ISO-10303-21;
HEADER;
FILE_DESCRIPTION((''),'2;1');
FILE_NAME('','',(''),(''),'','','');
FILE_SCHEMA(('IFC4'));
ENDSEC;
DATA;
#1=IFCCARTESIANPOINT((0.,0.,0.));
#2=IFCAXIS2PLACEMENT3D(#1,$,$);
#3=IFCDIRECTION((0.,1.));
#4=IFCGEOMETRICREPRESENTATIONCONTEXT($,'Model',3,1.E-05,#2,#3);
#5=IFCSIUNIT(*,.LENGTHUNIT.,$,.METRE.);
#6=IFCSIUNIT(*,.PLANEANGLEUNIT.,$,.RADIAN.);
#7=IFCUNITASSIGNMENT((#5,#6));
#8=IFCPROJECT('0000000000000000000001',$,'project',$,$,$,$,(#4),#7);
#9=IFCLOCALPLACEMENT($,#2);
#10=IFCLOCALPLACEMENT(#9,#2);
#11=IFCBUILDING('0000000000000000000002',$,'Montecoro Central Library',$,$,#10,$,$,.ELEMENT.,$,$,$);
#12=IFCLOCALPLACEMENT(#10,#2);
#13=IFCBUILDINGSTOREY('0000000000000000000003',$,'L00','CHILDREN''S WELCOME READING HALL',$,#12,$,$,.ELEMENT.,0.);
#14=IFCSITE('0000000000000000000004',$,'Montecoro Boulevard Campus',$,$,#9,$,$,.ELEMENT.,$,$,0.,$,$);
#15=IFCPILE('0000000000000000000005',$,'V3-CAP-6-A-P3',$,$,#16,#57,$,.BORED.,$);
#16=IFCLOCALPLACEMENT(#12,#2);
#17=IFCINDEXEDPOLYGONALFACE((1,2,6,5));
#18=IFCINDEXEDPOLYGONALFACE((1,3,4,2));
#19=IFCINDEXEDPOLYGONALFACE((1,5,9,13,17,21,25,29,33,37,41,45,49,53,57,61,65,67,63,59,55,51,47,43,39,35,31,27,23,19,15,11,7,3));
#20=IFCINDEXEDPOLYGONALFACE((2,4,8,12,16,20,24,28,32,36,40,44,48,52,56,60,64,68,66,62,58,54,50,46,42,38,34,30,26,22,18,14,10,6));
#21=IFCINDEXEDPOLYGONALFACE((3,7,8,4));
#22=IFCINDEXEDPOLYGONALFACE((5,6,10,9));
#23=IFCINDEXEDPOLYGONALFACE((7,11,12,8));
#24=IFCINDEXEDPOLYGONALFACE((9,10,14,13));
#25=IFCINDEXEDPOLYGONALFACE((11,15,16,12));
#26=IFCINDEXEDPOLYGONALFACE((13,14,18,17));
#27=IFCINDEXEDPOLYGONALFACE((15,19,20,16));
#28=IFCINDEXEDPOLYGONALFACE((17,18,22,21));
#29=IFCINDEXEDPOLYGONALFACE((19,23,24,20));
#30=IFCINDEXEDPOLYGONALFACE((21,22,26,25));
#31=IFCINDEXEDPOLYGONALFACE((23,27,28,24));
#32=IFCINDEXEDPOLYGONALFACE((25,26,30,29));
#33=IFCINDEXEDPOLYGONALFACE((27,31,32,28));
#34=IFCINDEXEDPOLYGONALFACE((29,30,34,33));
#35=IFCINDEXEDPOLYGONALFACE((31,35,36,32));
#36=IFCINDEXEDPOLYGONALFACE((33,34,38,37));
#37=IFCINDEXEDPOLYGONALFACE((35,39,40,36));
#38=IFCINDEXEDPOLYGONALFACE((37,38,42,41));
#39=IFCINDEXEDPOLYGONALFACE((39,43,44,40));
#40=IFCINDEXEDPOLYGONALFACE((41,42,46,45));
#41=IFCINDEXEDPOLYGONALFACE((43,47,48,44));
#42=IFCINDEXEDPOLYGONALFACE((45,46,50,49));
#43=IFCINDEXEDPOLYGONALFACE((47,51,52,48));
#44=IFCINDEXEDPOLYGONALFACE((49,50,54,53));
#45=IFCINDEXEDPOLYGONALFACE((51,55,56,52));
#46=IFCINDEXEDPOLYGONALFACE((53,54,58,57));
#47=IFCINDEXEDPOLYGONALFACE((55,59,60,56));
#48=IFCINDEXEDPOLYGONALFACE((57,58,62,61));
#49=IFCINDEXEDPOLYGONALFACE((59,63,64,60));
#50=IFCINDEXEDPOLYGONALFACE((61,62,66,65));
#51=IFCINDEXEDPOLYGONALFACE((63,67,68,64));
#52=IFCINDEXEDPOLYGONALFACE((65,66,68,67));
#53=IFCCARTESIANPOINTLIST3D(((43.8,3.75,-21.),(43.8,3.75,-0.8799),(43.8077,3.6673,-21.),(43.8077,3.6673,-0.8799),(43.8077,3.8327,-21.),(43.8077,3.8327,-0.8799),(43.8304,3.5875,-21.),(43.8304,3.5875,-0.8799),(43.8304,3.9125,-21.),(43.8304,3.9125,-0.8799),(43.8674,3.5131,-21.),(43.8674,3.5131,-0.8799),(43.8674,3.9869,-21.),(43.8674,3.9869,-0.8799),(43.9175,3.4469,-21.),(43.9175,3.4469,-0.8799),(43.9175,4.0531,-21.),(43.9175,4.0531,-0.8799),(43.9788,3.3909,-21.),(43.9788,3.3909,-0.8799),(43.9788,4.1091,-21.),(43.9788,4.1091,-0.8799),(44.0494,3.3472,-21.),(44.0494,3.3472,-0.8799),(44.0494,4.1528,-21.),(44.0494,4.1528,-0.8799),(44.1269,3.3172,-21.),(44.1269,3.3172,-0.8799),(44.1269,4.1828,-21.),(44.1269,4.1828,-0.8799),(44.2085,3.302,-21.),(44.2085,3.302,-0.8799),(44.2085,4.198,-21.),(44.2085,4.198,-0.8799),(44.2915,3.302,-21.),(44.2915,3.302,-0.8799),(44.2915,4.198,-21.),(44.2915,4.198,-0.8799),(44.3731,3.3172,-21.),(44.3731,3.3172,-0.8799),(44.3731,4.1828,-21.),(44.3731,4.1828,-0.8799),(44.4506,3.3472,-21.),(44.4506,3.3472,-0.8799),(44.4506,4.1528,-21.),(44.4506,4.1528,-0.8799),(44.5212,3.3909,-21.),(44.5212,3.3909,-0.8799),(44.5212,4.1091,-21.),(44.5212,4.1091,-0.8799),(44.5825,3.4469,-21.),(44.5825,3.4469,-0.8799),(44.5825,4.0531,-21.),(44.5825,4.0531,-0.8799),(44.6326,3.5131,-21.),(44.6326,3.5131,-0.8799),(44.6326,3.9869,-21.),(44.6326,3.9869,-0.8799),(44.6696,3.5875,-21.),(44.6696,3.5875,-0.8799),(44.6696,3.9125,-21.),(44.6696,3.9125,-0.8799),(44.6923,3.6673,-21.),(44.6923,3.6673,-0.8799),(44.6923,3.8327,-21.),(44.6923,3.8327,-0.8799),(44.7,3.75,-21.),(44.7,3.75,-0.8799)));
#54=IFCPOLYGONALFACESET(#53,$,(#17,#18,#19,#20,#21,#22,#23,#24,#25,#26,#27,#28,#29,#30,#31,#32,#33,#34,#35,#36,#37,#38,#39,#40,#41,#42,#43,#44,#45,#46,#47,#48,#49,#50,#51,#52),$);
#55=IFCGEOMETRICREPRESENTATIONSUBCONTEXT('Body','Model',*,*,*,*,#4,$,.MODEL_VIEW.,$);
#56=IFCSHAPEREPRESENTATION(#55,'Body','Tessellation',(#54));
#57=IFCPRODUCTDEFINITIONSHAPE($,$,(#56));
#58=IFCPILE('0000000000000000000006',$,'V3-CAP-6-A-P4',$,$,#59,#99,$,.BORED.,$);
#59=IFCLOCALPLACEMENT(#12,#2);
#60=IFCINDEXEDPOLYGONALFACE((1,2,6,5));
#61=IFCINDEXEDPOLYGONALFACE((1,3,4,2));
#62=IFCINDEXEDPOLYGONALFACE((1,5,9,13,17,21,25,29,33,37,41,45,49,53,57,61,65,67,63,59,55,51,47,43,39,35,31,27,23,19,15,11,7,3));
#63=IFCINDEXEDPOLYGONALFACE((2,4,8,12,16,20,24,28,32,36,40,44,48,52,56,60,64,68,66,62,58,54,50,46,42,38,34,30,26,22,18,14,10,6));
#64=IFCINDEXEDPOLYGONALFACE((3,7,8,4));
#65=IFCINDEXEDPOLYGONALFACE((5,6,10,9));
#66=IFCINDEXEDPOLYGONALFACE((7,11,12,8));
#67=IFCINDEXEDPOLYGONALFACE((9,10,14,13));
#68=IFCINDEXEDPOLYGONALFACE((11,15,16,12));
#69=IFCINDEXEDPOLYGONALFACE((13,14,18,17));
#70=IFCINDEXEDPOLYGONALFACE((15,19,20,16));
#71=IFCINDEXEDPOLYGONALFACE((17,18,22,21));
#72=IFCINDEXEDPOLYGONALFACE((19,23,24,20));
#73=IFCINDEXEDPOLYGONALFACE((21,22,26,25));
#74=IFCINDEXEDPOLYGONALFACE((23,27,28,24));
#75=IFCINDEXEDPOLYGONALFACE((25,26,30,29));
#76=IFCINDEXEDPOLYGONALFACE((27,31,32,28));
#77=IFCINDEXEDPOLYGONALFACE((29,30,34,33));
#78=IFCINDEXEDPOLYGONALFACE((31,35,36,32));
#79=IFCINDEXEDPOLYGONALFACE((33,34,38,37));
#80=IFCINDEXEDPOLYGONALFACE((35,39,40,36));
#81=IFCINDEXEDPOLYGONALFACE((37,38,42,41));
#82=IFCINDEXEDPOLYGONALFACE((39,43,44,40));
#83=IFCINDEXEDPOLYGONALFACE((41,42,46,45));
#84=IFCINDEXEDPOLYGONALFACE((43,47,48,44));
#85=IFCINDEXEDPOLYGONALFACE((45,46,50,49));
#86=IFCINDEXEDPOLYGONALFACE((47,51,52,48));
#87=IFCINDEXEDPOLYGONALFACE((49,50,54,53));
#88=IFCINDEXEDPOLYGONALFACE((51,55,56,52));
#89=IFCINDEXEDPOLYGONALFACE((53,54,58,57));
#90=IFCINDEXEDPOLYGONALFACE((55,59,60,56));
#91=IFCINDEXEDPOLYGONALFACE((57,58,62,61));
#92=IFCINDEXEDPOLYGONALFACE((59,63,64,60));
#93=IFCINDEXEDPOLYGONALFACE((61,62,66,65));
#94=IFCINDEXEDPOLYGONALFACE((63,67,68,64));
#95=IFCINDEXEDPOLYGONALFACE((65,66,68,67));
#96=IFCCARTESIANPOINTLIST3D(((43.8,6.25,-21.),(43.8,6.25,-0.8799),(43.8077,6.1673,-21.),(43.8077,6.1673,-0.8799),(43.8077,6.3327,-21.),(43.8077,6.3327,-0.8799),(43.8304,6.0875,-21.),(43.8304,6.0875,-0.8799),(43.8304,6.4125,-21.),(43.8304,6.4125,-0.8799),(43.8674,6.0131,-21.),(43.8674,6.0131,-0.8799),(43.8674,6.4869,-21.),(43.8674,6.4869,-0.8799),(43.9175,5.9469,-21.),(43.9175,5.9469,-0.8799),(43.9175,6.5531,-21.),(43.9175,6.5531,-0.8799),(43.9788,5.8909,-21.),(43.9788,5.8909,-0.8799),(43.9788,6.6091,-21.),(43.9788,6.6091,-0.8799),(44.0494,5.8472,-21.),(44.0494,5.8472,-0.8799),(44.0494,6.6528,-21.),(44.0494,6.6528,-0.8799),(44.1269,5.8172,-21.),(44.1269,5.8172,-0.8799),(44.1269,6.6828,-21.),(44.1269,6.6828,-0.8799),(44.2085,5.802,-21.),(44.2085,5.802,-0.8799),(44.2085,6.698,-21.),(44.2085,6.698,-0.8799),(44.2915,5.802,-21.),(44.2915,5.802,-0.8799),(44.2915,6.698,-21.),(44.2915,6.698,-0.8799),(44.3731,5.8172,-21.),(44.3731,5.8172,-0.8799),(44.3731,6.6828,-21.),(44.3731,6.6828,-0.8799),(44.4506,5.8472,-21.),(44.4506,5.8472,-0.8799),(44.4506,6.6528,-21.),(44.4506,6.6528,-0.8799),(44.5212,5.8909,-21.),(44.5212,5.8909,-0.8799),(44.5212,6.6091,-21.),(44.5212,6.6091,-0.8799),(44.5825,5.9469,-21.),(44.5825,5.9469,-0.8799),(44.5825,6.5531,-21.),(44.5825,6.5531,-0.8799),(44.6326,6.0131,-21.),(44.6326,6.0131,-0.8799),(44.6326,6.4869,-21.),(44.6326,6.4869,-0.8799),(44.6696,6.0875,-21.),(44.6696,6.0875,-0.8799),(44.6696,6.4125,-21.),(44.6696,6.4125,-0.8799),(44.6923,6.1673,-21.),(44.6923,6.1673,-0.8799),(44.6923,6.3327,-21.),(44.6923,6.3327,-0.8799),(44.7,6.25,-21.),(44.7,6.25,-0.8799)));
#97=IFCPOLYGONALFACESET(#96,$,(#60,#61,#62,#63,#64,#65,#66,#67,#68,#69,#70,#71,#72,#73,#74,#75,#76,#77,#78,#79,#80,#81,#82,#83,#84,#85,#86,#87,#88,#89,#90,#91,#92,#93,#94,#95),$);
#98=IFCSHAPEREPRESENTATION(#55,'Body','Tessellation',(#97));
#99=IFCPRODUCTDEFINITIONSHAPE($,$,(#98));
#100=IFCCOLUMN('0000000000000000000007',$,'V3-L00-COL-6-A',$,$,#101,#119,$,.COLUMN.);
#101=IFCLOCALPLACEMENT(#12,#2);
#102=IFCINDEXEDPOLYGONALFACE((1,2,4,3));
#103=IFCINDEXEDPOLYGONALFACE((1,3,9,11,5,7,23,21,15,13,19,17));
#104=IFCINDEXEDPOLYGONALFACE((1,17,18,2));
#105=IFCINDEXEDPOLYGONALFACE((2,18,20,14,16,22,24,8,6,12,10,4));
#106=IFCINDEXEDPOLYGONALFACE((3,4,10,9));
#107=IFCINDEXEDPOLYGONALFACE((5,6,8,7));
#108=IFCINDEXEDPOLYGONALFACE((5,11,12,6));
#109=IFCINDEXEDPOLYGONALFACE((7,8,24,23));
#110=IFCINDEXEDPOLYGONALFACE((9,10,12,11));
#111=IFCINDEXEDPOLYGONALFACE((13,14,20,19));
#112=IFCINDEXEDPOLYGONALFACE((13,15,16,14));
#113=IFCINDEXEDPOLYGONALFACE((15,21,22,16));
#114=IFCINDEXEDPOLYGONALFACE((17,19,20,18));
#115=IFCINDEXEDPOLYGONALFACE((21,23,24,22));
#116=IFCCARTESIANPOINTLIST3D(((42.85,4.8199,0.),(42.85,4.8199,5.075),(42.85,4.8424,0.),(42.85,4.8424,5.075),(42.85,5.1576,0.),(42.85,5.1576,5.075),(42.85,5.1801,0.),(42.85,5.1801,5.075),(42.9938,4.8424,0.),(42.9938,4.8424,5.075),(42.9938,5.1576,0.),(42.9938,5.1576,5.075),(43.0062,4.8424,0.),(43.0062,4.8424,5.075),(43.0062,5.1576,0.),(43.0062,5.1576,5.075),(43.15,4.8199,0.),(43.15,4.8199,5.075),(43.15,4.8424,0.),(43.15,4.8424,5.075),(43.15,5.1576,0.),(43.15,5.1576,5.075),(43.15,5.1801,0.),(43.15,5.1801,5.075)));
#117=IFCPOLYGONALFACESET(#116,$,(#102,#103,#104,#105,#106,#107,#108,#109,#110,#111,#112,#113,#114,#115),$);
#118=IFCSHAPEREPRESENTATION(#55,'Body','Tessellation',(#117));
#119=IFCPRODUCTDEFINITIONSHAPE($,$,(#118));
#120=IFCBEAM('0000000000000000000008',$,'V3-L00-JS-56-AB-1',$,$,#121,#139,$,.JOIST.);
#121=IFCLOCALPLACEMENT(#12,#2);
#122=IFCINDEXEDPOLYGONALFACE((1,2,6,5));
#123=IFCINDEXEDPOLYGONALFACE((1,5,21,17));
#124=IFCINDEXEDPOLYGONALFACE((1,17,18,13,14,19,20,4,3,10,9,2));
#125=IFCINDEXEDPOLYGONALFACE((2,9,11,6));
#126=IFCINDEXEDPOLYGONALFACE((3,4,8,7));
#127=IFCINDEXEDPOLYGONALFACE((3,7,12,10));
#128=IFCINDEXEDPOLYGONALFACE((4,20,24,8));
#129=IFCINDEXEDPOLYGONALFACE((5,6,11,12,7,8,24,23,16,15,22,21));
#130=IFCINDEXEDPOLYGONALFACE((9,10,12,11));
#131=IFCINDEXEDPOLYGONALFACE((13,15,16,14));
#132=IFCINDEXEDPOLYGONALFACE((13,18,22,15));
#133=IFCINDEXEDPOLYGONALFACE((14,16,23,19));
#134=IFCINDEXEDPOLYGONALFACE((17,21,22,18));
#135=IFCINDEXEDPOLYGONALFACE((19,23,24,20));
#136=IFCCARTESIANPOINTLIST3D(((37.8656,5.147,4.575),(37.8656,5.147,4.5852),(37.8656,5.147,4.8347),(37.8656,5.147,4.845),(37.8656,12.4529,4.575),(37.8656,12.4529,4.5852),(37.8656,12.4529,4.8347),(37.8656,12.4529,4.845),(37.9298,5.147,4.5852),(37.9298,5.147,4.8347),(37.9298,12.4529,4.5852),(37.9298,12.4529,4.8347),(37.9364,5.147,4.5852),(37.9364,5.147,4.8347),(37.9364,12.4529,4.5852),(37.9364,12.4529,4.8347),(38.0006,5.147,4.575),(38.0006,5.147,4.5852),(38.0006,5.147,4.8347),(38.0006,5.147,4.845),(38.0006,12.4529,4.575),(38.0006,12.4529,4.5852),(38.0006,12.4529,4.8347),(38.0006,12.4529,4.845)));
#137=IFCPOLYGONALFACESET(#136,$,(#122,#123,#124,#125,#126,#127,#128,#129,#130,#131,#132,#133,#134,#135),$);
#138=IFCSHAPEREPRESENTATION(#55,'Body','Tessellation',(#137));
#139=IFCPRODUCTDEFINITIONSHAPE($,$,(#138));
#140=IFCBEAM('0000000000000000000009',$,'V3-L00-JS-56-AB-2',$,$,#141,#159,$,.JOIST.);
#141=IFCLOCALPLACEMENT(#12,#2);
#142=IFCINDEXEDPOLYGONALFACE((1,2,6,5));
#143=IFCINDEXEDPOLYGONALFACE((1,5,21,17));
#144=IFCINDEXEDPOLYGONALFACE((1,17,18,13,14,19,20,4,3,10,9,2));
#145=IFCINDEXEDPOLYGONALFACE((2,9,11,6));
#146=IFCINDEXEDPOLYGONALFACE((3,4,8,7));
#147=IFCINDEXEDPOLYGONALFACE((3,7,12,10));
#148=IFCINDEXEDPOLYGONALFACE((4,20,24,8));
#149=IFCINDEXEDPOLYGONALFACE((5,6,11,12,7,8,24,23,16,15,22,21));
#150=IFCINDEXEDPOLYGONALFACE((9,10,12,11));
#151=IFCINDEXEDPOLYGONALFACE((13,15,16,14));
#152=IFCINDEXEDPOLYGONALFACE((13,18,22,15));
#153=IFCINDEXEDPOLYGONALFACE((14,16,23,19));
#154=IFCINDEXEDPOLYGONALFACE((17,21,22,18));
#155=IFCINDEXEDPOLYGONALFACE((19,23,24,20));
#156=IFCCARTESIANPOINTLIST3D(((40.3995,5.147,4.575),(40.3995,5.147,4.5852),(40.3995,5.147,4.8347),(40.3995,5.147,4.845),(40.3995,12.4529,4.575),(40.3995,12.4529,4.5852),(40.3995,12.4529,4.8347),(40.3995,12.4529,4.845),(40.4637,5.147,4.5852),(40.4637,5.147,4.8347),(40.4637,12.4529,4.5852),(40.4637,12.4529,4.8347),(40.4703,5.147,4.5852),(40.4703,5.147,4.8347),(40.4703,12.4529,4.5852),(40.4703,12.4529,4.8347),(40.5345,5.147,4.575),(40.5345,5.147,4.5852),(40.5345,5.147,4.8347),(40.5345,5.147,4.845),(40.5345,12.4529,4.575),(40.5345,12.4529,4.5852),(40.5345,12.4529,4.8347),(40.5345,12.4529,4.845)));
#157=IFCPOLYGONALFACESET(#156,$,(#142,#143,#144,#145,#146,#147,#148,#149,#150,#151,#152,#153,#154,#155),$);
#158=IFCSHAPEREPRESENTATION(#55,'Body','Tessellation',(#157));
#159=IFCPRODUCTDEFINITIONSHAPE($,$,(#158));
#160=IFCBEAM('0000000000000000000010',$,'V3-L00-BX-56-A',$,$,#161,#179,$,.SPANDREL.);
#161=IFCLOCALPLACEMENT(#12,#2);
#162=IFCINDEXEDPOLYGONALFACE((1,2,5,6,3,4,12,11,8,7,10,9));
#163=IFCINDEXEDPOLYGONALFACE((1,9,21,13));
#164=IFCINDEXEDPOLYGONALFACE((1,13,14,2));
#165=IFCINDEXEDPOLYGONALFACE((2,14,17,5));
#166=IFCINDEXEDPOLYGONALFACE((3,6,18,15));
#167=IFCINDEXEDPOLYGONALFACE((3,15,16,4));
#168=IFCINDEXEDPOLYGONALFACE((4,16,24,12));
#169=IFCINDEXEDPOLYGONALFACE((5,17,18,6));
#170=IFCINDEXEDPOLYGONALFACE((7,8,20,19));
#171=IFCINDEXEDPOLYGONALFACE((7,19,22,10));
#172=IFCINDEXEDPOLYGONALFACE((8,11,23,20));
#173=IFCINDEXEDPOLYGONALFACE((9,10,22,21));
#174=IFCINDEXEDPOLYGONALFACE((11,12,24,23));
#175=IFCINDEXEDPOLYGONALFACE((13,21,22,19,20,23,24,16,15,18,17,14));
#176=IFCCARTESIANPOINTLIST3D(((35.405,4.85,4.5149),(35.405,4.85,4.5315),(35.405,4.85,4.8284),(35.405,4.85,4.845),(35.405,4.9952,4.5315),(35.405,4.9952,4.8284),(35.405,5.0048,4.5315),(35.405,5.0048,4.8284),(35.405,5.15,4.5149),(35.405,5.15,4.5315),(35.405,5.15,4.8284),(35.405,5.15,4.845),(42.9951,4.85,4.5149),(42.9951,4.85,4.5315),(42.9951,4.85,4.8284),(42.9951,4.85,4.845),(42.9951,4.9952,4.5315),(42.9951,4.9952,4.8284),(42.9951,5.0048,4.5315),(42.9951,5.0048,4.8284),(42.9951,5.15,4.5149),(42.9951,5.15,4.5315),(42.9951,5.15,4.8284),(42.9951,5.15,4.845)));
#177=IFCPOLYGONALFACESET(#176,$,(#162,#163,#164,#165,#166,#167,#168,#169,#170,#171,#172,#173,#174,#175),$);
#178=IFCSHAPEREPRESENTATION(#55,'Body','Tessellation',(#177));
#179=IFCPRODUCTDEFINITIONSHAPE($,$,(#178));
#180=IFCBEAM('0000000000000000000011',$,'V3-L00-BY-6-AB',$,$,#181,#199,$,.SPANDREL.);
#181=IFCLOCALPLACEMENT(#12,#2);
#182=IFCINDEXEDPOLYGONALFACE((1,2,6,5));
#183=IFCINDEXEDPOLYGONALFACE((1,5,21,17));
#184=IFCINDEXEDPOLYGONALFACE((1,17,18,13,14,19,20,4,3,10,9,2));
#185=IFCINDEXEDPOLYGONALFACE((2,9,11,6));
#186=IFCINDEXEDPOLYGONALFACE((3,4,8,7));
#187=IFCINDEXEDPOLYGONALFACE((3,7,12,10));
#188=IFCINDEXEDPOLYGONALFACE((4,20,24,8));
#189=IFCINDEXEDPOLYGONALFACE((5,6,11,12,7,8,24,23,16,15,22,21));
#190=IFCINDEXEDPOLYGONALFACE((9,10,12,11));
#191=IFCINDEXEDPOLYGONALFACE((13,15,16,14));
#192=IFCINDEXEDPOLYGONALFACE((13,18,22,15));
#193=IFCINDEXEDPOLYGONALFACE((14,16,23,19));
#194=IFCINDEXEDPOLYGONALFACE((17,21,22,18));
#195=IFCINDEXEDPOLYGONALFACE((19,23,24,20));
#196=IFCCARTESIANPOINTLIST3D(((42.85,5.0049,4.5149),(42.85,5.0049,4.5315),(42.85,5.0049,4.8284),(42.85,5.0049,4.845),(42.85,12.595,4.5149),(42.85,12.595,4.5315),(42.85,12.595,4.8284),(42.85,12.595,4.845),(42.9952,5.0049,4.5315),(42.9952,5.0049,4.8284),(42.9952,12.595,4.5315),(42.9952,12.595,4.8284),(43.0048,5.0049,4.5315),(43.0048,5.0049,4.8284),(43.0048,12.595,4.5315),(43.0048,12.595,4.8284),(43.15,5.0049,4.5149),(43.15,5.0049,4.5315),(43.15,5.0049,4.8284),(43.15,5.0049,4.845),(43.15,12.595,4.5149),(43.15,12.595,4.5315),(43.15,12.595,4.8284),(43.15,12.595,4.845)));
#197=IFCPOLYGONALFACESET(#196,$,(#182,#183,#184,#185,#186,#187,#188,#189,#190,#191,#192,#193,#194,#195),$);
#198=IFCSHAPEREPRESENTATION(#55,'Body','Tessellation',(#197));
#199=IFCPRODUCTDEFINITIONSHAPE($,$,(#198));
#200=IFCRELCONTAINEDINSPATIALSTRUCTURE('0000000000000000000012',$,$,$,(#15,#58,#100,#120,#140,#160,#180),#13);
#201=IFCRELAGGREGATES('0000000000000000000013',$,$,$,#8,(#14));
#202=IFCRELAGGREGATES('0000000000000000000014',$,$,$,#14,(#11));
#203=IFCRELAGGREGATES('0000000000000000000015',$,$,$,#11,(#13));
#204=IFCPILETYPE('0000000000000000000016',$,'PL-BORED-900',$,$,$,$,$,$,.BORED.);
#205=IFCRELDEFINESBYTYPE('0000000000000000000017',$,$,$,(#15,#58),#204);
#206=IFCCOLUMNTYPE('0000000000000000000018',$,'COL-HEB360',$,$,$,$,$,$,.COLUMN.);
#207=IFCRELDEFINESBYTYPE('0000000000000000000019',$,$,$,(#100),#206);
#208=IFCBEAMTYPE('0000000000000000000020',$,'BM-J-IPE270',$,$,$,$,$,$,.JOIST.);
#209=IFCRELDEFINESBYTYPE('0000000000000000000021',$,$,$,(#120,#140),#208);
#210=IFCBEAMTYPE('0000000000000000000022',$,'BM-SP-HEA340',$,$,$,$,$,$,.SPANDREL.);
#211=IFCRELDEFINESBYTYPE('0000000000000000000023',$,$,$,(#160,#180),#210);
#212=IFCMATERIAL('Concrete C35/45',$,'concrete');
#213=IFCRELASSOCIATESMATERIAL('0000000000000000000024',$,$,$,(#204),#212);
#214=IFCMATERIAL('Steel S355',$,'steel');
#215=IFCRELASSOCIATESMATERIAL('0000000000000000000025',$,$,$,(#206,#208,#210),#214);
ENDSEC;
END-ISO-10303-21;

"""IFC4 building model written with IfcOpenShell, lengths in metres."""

from ifc_helpers import new_model, si_unit, direction, frame, origin, origin_2d, place, context, subcontext, project, spatial, circle, i_section, extrude, material, material_profile, profile_set, type_object, element, save


model = new_model("IFC4")

# Units and contexts
model_context = context("Model", 3, precision=1e-05, world=origin(), true_north=direction((0.0, 1.0)))
body_context = subcontext(model_context, "Body", "Model", "MODEL_VIEW")
ifc_project = project(units=[si_unit("LENGTHUNIT", "METRE"), si_unit("PLANEANGLEUNIT", "RADIAN")], contexts=[model_context])

# Site, building, storey
site_placement = place(None, origin())
site = spatial("IfcSite", under=ifc_project, at=site_placement, Name="Montecoro Boulevard Campus", CompositionType="ELEMENT", RefElevation=0.0)
building_placement = place(site_placement, origin())
building = spatial("IfcBuilding", under=site, at=building_placement, Name="Montecoro Central Library", CompositionType="ELEMENT")
storey_placement = place(building_placement, origin())
storey = spatial("IfcBuildingStorey", under=building, at=storey_placement, Name="L00", Description="CHILDREN'S WELCOME READING HALL", CompositionType="ELEMENT", Elevation=0.0)

# Shared definitions
ifc_material_1 = material(Name="Concrete C35/45", Category="concrete")

# Piles
ifc_material_profile_1 = material_profile(ifc_material_1, circle(Radius=0.45, at=origin_2d()), Name="PILE D900")
ifc_profile_set_1 = profile_set([ifc_material_profile_1], Name="Concrete C35/45")
pile_type_1 = type_object("IfcPileType", Name="PL-BORED-900", PredefinedType="BORED", material=ifc_profile_set_1)
for number, where, z_axis, x_axis, name in (
    (1, (44.25, 3.75, -0.8799), (0.0, 0.0, -1.0), (1.0, 0.0, 0.0), "V3-CAP-6-A-P3"),
    (2, (44.25, 6.25, -0.8799), (0.0, 0.0, -1.0), (1.0, 0.0, 0.0), "V3-CAP-6-A-P4"),
):
    element("IfcPile", number, at=place(storey_placement, frame(where, z_axis=z_axis, x_axis=x_axis)), inside=storey, type_object=pile_type_1, Name=name, PredefinedType="BORED", context=body_context, shape_type="SweptSolid", body=[
        extrude(circle(Radius=0.45, at=origin_2d()), origin(), (0.0, 0.0, 1.0), 20.1201),
    ])

# Column
ifc_material_2 = material(Name="Steel S355", Category="steel")
ifc_material_profile_2 = material_profile(ifc_material_2, i_section(OverallWidth=0.3, OverallDepth=0.3601, WebThickness=0.0125, FlangeThickness=0.0225, at=origin_2d()), Name="HEB 360")
ifc_profile_set_2 = profile_set([ifc_material_profile_2], Name="Steel S355")
column_type = type_object("IfcColumnType", Name="COL-HEB360", PredefinedType="COLUMN", material=ifc_profile_set_2)
column_placement = place(storey_placement, frame((43.0, 5.0, 0.0), z_axis=(0.0, 0.0, 1.0), x_axis=(1.0, 0.0, 0.0)))
element("IfcColumn", 3, at=column_placement, inside=storey, type_object=column_type, Name="V3-L00-COL-6-A", PredefinedType="COLUMN", context=body_context, shape_type="SweptSolid", body=[
    extrude(i_section(OverallWidth=0.3, OverallDepth=0.3601, WebThickness=0.0125, FlangeThickness=0.0225, at=origin_2d()), origin(), (0.0, 0.0, 1.0), 5.075),
])

# Beams
ifc_material_profile_3 = material_profile(ifc_material_2, i_section(OverallWidth=0.135, OverallDepth=0.27, WebThickness=0.0066, FlangeThickness=0.0103, at=origin_2d()), Name="IPE 270")
ifc_profile_set_3 = profile_set([ifc_material_profile_3], Name="Steel S355")
beam_type_1 = type_object("IfcBeamType", Name="BM-J-IPE270", PredefinedType="JOIST", material=ifc_profile_set_3)
for number, where, z_axis, x_axis, name in (
    (4, (37.9331, 5.147, 4.71), (0.0, 1.0, 0.0), (-1.0, 0.0, 0.0), "V3-L00-JS-56-AB-1"),
    (5, (40.467, 5.147, 4.71), (0.0, 1.0, 0.0), (-1.0, 0.0, 0.0), "V3-L00-JS-56-AB-2"),
):
    element("IfcBeam", number, at=place(storey_placement, frame(where, z_axis=z_axis, x_axis=x_axis)), inside=storey, type_object=beam_type_1, Name=name, PredefinedType="JOIST", context=body_context, shape_type="SweptSolid", body=[
        extrude(i_section(OverallWidth=0.135, OverallDepth=0.27, WebThickness=0.0066, FlangeThickness=0.0103, at=origin_2d()), origin(), (0.0, 0.0, 1.0), 7.3059),
    ])
ifc_material_profile_4 = material_profile(ifc_material_2, i_section(OverallWidth=0.3, OverallDepth=0.3301, WebThickness=0.0095, FlangeThickness=0.0166, at=origin_2d()), Name="HEA 340")
ifc_profile_set_4 = profile_set([ifc_material_profile_4], Name="Steel S355")
beam_type_2 = type_object("IfcBeamType", Name="BM-SP-HEA340", PredefinedType="SPANDREL", material=ifc_profile_set_4)
for number, where, z_axis, x_axis, name in (
    (6, (35.405, 5.0, 4.6799), (1.0, 0.0, 0.0), (0.0, 1.0, 0.0), "V3-L00-BX-56-A"),
    (7, (43.0, 5.0049, 4.6799), (0.0, 1.0, 0.0), (-1.0, 0.0, 0.0), "V3-L00-BY-6-AB"),
):
    element("IfcBeam", number, at=place(storey_placement, frame(where, z_axis=z_axis, x_axis=x_axis)), inside=storey, type_object=beam_type_2, Name=name, PredefinedType="SPANDREL", context=body_context, shape_type="SweptSolid", body=[
        extrude(i_section(OverallWidth=0.3, OverallDepth=0.3301, WebThickness=0.0095, FlangeThickness=0.0166, at=origin_2d()), origin(), (0.0, 0.0, 1.0), 7.5901),
    ])

save(model, "model.ifc")
